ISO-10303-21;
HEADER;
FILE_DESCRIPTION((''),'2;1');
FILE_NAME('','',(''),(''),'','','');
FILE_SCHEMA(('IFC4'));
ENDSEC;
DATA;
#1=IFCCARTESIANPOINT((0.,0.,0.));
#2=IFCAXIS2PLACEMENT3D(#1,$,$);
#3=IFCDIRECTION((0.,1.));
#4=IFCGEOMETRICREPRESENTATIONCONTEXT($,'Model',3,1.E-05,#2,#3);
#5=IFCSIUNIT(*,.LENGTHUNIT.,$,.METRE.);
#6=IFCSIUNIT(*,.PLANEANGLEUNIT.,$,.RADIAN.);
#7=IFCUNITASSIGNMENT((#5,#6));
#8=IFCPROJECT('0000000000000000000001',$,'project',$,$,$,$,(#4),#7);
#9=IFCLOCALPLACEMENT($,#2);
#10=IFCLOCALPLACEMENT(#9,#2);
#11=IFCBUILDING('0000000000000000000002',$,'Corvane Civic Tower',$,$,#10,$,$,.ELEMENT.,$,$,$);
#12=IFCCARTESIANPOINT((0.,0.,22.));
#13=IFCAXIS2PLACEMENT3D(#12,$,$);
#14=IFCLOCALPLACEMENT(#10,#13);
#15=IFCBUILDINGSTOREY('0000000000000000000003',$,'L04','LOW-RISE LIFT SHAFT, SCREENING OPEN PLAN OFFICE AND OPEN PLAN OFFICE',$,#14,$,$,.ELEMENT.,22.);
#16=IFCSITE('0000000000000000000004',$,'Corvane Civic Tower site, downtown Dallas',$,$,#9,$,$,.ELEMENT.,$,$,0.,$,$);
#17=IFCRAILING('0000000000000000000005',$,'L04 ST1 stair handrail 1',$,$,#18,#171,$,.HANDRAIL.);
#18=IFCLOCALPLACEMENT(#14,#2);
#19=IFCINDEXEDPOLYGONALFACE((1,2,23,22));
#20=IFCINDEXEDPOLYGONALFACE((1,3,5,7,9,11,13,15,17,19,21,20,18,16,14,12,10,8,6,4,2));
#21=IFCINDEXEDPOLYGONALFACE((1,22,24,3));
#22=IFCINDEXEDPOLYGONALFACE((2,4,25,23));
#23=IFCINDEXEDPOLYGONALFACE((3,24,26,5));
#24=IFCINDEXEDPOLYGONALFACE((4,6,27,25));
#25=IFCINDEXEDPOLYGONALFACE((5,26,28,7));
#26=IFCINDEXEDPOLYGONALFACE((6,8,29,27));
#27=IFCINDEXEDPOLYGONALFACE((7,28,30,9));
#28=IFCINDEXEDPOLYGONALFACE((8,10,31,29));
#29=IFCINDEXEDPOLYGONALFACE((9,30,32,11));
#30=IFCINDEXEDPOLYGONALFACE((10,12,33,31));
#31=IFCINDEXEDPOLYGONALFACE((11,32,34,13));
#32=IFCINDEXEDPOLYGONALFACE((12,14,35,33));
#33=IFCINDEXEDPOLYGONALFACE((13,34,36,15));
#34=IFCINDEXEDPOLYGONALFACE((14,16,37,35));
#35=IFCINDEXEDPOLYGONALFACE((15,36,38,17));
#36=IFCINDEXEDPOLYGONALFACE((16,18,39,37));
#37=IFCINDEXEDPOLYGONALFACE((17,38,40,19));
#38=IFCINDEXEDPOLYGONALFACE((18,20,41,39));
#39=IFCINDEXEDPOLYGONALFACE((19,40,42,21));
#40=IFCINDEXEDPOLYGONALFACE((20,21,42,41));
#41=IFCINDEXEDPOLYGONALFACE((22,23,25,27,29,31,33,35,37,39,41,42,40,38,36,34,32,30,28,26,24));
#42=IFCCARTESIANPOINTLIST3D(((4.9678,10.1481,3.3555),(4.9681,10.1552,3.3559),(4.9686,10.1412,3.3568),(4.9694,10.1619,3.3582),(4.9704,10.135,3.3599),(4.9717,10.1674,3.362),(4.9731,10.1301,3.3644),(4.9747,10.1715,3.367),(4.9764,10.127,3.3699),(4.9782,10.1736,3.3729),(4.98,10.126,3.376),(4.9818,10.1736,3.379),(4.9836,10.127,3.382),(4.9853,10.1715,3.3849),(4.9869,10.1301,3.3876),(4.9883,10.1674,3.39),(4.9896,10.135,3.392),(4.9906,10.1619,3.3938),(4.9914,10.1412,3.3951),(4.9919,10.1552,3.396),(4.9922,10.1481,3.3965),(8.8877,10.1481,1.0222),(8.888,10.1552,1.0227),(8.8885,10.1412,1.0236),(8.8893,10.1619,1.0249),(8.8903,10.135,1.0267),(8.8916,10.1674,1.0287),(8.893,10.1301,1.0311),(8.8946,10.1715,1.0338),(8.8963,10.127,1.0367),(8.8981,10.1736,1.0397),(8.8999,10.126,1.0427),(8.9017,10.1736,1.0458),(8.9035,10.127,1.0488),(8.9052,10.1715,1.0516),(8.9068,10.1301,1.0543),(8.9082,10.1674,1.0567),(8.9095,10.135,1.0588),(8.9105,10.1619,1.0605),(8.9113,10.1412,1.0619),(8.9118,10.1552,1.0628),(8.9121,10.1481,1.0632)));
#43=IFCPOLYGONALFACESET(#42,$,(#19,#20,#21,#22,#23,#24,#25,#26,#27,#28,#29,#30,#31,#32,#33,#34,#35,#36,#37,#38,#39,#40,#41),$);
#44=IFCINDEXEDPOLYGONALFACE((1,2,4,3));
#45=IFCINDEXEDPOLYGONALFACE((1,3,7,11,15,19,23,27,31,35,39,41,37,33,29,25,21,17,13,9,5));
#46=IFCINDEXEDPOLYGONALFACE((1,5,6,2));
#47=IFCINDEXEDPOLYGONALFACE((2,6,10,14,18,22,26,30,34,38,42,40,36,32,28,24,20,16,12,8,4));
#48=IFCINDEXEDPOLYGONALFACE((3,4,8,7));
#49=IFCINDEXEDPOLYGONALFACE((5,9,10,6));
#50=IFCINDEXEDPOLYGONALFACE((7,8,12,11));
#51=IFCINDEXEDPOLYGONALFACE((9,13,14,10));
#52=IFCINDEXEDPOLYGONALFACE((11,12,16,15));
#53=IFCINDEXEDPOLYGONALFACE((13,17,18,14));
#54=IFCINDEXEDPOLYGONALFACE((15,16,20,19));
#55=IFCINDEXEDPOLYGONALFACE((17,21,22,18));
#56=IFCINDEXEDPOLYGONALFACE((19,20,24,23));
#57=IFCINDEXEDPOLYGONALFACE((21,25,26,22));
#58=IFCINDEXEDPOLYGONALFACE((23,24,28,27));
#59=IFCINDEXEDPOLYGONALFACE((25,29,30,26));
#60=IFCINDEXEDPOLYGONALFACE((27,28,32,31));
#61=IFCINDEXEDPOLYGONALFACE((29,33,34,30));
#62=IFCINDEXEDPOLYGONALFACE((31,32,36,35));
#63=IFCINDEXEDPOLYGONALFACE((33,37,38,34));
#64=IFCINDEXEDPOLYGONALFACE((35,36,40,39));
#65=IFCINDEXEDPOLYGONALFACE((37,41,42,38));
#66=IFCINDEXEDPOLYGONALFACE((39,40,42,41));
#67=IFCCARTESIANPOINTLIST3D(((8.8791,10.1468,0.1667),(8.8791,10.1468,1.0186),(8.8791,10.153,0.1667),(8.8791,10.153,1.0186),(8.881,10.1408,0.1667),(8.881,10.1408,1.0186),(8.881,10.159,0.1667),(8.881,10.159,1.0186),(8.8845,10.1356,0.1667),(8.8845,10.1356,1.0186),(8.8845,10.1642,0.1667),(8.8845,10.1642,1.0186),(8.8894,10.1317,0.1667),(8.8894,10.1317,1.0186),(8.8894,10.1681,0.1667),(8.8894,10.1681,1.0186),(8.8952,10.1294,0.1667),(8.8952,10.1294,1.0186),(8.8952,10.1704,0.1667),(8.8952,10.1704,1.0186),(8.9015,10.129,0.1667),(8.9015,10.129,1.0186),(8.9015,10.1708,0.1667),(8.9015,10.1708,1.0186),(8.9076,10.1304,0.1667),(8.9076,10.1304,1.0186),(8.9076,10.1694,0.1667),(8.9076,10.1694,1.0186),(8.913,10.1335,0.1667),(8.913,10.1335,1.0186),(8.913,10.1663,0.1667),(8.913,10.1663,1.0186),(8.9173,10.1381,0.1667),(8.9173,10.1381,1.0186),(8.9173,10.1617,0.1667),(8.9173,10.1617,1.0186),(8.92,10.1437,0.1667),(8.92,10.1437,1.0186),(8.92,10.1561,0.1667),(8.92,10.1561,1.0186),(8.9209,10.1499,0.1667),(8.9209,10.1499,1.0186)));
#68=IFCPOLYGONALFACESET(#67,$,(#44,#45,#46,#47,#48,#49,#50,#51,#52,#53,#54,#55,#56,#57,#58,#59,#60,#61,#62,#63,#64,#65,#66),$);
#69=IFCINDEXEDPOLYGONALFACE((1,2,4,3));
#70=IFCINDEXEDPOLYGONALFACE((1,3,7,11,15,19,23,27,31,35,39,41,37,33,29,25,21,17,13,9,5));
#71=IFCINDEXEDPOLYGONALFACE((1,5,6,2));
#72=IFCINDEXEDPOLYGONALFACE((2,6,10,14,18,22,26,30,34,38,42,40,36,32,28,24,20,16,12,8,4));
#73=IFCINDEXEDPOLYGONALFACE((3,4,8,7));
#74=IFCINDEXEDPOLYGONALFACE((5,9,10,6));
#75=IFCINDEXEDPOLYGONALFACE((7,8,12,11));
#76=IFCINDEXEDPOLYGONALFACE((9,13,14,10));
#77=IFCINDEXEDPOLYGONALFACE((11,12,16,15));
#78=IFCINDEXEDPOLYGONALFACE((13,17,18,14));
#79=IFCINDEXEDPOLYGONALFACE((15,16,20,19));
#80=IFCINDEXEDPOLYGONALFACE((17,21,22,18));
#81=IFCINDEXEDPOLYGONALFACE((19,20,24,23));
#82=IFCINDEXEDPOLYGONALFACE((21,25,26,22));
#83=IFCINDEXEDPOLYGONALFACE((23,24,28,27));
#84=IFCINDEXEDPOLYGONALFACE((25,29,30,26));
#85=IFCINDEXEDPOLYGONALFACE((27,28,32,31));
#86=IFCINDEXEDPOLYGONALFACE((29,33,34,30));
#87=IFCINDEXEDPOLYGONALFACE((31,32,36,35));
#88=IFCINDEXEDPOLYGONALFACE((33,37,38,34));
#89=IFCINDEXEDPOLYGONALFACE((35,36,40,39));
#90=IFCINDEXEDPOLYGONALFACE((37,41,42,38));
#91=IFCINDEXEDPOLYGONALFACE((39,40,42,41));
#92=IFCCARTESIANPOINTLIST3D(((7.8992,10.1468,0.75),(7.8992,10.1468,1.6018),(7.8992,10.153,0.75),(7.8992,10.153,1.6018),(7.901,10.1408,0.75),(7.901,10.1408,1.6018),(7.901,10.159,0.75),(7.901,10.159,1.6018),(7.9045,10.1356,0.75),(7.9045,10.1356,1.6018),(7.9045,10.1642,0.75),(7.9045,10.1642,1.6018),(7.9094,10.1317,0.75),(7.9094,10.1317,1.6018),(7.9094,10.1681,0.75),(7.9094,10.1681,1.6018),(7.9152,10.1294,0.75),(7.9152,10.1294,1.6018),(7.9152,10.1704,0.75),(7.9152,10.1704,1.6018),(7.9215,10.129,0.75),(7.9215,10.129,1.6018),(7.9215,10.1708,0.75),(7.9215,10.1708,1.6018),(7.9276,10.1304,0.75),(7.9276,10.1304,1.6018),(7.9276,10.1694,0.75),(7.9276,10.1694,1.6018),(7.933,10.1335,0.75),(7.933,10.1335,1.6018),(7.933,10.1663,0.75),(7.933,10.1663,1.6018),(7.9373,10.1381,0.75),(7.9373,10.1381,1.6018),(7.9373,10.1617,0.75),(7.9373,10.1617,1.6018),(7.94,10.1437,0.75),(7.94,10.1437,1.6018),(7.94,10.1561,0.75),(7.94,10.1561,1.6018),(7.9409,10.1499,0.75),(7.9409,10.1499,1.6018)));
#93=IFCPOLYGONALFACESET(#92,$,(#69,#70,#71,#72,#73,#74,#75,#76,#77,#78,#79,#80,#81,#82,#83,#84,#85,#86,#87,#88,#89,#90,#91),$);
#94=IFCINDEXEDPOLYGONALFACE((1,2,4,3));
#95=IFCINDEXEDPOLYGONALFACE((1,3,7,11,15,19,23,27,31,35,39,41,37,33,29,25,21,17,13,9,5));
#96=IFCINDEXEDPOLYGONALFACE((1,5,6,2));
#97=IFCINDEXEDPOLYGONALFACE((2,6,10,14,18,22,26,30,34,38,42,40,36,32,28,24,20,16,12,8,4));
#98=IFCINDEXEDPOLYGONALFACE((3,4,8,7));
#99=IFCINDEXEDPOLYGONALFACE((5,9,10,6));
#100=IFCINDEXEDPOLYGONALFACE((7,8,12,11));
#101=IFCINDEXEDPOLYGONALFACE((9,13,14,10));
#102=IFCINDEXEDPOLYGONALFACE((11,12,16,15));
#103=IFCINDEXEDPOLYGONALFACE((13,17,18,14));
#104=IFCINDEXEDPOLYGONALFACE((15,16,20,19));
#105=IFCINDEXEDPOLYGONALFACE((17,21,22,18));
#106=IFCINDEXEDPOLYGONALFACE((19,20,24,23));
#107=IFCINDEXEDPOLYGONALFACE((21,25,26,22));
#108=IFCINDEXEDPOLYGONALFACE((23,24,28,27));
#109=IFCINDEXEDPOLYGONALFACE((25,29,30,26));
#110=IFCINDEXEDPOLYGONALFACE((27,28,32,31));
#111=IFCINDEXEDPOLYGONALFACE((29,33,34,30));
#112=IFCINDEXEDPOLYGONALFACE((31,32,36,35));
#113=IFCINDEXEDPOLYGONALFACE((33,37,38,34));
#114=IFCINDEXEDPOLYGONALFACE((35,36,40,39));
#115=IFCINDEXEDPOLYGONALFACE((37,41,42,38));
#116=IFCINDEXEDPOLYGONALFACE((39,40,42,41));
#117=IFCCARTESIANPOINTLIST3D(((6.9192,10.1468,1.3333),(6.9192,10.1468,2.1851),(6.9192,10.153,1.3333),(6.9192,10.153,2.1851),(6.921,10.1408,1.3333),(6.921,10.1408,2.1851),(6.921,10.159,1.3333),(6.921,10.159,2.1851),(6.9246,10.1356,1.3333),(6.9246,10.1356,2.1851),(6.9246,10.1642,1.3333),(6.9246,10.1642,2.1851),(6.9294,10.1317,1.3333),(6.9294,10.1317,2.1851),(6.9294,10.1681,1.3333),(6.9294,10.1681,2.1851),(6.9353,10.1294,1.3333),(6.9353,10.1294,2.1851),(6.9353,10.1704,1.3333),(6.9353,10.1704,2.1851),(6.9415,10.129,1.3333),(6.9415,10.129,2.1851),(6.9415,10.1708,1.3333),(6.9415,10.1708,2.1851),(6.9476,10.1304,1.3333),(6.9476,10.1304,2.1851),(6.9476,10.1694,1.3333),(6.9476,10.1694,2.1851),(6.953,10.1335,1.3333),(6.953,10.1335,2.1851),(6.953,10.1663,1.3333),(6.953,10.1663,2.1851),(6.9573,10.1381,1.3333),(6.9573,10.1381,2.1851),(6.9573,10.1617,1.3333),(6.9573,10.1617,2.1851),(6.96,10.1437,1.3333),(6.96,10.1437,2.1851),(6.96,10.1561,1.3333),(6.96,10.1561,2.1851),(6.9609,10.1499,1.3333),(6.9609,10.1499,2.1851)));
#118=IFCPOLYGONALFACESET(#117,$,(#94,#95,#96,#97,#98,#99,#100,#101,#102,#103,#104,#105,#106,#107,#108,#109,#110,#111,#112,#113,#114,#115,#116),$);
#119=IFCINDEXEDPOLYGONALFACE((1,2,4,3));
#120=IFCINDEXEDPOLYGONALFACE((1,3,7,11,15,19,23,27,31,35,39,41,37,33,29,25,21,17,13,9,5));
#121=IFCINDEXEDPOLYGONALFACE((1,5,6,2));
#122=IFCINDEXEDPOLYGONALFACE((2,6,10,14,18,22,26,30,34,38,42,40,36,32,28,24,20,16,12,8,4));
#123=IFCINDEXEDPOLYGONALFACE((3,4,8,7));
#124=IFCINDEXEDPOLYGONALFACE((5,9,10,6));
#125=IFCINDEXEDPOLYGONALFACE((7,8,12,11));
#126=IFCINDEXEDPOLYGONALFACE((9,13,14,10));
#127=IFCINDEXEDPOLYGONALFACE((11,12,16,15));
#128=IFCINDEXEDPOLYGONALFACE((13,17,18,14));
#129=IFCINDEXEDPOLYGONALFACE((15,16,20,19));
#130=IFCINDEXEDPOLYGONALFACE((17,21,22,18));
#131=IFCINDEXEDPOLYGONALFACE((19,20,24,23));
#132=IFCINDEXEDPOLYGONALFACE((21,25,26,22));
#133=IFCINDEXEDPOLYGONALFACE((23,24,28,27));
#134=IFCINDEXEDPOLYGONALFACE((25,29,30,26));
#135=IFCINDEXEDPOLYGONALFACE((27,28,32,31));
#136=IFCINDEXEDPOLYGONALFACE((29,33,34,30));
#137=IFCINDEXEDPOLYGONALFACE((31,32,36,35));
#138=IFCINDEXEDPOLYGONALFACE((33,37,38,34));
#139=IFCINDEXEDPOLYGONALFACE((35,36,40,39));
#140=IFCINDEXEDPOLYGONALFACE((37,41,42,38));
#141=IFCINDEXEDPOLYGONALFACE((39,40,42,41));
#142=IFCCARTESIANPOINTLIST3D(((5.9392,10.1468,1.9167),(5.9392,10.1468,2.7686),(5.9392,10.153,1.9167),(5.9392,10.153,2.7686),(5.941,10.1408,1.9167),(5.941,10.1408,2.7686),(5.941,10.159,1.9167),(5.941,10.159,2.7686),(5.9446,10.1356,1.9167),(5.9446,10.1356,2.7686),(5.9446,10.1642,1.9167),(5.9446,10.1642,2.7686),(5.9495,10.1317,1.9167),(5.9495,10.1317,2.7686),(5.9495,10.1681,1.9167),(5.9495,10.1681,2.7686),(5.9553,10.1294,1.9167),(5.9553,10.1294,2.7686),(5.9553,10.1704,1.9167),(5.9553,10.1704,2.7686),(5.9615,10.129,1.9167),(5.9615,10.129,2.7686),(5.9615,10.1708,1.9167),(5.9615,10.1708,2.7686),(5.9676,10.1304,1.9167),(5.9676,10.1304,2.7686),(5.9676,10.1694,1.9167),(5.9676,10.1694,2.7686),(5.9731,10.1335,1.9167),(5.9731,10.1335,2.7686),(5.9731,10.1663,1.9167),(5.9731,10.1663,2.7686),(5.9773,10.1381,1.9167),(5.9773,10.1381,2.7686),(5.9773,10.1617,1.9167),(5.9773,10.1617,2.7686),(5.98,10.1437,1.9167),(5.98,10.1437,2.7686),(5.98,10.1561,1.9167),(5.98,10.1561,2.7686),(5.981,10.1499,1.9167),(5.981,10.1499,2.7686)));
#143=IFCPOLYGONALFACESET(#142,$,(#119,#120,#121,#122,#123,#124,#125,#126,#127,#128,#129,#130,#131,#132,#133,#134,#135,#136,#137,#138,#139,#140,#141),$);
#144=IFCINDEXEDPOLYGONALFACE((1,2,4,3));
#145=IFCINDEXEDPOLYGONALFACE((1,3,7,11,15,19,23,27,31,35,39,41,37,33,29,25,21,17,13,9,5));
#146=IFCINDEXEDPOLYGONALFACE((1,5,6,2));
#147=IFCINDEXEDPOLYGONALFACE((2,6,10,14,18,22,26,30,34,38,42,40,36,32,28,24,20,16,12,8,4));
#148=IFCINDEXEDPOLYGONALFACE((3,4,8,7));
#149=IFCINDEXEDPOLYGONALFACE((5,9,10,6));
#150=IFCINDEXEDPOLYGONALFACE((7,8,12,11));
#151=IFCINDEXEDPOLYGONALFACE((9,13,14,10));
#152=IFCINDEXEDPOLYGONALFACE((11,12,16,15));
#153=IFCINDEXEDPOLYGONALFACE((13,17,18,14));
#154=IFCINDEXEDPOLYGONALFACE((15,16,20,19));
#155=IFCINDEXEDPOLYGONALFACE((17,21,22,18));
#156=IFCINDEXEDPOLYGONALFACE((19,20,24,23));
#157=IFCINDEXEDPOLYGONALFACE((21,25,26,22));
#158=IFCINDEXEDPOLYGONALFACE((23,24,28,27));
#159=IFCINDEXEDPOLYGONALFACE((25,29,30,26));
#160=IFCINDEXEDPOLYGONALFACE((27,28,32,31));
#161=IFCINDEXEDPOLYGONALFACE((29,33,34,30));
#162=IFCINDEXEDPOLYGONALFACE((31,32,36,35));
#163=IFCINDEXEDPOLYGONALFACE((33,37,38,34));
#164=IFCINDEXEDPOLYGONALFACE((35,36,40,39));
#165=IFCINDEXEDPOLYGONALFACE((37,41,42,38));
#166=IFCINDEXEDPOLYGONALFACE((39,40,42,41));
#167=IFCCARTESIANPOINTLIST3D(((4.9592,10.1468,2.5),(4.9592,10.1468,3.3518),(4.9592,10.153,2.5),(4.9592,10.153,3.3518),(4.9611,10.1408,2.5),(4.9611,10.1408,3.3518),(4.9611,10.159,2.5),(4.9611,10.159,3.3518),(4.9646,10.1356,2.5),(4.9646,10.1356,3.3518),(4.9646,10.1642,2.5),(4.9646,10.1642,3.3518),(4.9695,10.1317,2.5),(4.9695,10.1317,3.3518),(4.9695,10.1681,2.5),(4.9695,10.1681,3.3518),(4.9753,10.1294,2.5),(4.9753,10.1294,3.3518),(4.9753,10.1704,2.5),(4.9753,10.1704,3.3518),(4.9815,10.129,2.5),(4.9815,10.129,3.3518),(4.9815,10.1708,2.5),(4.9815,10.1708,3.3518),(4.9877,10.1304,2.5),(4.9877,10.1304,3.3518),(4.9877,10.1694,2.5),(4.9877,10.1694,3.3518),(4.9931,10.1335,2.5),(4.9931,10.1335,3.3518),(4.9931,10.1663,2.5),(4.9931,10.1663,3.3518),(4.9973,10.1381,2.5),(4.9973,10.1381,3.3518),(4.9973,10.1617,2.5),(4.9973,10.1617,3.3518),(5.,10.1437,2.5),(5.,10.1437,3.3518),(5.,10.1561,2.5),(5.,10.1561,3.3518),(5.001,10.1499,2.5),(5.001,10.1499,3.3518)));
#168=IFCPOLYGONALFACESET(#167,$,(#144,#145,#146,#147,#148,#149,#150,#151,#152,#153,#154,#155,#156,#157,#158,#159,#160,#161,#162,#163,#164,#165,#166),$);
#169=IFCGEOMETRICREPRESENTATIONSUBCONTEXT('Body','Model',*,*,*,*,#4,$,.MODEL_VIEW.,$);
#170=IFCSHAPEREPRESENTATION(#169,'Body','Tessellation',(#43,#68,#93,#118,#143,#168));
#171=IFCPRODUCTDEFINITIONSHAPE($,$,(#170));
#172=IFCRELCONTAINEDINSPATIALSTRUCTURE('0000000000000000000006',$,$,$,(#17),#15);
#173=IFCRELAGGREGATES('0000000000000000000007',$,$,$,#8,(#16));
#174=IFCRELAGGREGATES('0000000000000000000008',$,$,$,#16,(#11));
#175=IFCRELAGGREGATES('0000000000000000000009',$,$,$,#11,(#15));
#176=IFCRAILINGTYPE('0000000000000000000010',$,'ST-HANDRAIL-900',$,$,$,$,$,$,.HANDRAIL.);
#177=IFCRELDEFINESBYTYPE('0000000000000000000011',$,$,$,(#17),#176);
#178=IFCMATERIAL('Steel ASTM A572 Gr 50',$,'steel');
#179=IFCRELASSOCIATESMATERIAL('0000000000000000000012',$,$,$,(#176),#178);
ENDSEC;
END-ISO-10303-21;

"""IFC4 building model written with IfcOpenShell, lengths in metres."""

from ifc_helpers import new_model, si_unit, direction, frame, origin, origin_2d, place, context, subcontext, project, spatial, circle, extrude, material, type_object, element, save


model = new_model("IFC4")

# Units and contexts
model_context = context("Model", 3, precision=1e-05, world=origin(), true_north=direction((0.0, 1.0)))
body_context = subcontext(model_context, "Body", "Model", "MODEL_VIEW")
ifc_project = project(units=[si_unit("LENGTHUNIT", "METRE"), si_unit("PLANEANGLEUNIT", "RADIAN")], contexts=[model_context])

# Site, building, storey
site_placement = place(None, origin())
site = spatial("IfcSite", under=ifc_project, at=site_placement, Name="Corvane Civic Tower site, downtown Dallas", CompositionType="ELEMENT", RefElevation=0.0)
building_placement = place(site_placement, origin())
building = spatial("IfcBuilding", under=site, at=building_placement, Name="Corvane Civic Tower", CompositionType="ELEMENT")
storey_placement = place(building_placement, frame((0.0, 0.0, 22.0)))
storey = spatial("IfcBuildingStorey", under=building, at=storey_placement, Name="L04", Description="LOW-RISE LIFT SHAFT, SCREENING OPEN PLAN OFFICE AND OPEN PLAN OFFICE", CompositionType="ELEMENT", Elevation=22.0)

# Railing
ifc_material_1 = material(Name="Steel ASTM A572 Gr 50", Category="steel")
railing_type_1 = type_object("IfcRailingType", Name="ST-HANDRAIL-900", PredefinedType="HANDRAIL", material=ifc_material_1)
railing_1_placement = place(storey_placement, frame((8.8999, 10.1499, 0.1667)))
element("IfcRailing", 1, at=railing_1_placement, inside=storey, type_object=railing_type_1, Name="L04 ST1 stair handrail 1", PredefinedType="HANDRAIL", context=body_context, shape_type="SweptSolid", body=[
    extrude(circle(Radius=0.0239, at=origin_2d()), frame((0.0, 0.0, 0.876), z_axis=(-0.859296, 0.0, 0.511478), x_axis=(0.0, -1.0, 0.0)), (0.0, 0.0, 1.0), 4.5618),
    extrude(circle(Radius=0.021, at=origin_2d()), origin(), (0.0, 0.0, 1.0), 0.8518),
    extrude(circle(Radius=0.021, at=origin_2d()), frame((-0.98, 0.0, 0.5833)), (0.0, 0.0, 1.0), 0.8518),
    extrude(circle(Radius=0.021, at=origin_2d()), frame((-1.96, 0.0, 1.1665)), (0.0, 0.0, 1.0), 0.8518),
    extrude(circle(Radius=0.021, at=origin_2d()), frame((-2.9399, 0.0, 1.75)), (0.0, 0.0, 1.0), 0.8518),
    extrude(circle(Radius=0.021, at=origin_2d()), frame((-3.9199, 0.0, 2.3333)), (0.0, 0.0, 1.0), 0.8518),
])

save(model, "model.ifc")
